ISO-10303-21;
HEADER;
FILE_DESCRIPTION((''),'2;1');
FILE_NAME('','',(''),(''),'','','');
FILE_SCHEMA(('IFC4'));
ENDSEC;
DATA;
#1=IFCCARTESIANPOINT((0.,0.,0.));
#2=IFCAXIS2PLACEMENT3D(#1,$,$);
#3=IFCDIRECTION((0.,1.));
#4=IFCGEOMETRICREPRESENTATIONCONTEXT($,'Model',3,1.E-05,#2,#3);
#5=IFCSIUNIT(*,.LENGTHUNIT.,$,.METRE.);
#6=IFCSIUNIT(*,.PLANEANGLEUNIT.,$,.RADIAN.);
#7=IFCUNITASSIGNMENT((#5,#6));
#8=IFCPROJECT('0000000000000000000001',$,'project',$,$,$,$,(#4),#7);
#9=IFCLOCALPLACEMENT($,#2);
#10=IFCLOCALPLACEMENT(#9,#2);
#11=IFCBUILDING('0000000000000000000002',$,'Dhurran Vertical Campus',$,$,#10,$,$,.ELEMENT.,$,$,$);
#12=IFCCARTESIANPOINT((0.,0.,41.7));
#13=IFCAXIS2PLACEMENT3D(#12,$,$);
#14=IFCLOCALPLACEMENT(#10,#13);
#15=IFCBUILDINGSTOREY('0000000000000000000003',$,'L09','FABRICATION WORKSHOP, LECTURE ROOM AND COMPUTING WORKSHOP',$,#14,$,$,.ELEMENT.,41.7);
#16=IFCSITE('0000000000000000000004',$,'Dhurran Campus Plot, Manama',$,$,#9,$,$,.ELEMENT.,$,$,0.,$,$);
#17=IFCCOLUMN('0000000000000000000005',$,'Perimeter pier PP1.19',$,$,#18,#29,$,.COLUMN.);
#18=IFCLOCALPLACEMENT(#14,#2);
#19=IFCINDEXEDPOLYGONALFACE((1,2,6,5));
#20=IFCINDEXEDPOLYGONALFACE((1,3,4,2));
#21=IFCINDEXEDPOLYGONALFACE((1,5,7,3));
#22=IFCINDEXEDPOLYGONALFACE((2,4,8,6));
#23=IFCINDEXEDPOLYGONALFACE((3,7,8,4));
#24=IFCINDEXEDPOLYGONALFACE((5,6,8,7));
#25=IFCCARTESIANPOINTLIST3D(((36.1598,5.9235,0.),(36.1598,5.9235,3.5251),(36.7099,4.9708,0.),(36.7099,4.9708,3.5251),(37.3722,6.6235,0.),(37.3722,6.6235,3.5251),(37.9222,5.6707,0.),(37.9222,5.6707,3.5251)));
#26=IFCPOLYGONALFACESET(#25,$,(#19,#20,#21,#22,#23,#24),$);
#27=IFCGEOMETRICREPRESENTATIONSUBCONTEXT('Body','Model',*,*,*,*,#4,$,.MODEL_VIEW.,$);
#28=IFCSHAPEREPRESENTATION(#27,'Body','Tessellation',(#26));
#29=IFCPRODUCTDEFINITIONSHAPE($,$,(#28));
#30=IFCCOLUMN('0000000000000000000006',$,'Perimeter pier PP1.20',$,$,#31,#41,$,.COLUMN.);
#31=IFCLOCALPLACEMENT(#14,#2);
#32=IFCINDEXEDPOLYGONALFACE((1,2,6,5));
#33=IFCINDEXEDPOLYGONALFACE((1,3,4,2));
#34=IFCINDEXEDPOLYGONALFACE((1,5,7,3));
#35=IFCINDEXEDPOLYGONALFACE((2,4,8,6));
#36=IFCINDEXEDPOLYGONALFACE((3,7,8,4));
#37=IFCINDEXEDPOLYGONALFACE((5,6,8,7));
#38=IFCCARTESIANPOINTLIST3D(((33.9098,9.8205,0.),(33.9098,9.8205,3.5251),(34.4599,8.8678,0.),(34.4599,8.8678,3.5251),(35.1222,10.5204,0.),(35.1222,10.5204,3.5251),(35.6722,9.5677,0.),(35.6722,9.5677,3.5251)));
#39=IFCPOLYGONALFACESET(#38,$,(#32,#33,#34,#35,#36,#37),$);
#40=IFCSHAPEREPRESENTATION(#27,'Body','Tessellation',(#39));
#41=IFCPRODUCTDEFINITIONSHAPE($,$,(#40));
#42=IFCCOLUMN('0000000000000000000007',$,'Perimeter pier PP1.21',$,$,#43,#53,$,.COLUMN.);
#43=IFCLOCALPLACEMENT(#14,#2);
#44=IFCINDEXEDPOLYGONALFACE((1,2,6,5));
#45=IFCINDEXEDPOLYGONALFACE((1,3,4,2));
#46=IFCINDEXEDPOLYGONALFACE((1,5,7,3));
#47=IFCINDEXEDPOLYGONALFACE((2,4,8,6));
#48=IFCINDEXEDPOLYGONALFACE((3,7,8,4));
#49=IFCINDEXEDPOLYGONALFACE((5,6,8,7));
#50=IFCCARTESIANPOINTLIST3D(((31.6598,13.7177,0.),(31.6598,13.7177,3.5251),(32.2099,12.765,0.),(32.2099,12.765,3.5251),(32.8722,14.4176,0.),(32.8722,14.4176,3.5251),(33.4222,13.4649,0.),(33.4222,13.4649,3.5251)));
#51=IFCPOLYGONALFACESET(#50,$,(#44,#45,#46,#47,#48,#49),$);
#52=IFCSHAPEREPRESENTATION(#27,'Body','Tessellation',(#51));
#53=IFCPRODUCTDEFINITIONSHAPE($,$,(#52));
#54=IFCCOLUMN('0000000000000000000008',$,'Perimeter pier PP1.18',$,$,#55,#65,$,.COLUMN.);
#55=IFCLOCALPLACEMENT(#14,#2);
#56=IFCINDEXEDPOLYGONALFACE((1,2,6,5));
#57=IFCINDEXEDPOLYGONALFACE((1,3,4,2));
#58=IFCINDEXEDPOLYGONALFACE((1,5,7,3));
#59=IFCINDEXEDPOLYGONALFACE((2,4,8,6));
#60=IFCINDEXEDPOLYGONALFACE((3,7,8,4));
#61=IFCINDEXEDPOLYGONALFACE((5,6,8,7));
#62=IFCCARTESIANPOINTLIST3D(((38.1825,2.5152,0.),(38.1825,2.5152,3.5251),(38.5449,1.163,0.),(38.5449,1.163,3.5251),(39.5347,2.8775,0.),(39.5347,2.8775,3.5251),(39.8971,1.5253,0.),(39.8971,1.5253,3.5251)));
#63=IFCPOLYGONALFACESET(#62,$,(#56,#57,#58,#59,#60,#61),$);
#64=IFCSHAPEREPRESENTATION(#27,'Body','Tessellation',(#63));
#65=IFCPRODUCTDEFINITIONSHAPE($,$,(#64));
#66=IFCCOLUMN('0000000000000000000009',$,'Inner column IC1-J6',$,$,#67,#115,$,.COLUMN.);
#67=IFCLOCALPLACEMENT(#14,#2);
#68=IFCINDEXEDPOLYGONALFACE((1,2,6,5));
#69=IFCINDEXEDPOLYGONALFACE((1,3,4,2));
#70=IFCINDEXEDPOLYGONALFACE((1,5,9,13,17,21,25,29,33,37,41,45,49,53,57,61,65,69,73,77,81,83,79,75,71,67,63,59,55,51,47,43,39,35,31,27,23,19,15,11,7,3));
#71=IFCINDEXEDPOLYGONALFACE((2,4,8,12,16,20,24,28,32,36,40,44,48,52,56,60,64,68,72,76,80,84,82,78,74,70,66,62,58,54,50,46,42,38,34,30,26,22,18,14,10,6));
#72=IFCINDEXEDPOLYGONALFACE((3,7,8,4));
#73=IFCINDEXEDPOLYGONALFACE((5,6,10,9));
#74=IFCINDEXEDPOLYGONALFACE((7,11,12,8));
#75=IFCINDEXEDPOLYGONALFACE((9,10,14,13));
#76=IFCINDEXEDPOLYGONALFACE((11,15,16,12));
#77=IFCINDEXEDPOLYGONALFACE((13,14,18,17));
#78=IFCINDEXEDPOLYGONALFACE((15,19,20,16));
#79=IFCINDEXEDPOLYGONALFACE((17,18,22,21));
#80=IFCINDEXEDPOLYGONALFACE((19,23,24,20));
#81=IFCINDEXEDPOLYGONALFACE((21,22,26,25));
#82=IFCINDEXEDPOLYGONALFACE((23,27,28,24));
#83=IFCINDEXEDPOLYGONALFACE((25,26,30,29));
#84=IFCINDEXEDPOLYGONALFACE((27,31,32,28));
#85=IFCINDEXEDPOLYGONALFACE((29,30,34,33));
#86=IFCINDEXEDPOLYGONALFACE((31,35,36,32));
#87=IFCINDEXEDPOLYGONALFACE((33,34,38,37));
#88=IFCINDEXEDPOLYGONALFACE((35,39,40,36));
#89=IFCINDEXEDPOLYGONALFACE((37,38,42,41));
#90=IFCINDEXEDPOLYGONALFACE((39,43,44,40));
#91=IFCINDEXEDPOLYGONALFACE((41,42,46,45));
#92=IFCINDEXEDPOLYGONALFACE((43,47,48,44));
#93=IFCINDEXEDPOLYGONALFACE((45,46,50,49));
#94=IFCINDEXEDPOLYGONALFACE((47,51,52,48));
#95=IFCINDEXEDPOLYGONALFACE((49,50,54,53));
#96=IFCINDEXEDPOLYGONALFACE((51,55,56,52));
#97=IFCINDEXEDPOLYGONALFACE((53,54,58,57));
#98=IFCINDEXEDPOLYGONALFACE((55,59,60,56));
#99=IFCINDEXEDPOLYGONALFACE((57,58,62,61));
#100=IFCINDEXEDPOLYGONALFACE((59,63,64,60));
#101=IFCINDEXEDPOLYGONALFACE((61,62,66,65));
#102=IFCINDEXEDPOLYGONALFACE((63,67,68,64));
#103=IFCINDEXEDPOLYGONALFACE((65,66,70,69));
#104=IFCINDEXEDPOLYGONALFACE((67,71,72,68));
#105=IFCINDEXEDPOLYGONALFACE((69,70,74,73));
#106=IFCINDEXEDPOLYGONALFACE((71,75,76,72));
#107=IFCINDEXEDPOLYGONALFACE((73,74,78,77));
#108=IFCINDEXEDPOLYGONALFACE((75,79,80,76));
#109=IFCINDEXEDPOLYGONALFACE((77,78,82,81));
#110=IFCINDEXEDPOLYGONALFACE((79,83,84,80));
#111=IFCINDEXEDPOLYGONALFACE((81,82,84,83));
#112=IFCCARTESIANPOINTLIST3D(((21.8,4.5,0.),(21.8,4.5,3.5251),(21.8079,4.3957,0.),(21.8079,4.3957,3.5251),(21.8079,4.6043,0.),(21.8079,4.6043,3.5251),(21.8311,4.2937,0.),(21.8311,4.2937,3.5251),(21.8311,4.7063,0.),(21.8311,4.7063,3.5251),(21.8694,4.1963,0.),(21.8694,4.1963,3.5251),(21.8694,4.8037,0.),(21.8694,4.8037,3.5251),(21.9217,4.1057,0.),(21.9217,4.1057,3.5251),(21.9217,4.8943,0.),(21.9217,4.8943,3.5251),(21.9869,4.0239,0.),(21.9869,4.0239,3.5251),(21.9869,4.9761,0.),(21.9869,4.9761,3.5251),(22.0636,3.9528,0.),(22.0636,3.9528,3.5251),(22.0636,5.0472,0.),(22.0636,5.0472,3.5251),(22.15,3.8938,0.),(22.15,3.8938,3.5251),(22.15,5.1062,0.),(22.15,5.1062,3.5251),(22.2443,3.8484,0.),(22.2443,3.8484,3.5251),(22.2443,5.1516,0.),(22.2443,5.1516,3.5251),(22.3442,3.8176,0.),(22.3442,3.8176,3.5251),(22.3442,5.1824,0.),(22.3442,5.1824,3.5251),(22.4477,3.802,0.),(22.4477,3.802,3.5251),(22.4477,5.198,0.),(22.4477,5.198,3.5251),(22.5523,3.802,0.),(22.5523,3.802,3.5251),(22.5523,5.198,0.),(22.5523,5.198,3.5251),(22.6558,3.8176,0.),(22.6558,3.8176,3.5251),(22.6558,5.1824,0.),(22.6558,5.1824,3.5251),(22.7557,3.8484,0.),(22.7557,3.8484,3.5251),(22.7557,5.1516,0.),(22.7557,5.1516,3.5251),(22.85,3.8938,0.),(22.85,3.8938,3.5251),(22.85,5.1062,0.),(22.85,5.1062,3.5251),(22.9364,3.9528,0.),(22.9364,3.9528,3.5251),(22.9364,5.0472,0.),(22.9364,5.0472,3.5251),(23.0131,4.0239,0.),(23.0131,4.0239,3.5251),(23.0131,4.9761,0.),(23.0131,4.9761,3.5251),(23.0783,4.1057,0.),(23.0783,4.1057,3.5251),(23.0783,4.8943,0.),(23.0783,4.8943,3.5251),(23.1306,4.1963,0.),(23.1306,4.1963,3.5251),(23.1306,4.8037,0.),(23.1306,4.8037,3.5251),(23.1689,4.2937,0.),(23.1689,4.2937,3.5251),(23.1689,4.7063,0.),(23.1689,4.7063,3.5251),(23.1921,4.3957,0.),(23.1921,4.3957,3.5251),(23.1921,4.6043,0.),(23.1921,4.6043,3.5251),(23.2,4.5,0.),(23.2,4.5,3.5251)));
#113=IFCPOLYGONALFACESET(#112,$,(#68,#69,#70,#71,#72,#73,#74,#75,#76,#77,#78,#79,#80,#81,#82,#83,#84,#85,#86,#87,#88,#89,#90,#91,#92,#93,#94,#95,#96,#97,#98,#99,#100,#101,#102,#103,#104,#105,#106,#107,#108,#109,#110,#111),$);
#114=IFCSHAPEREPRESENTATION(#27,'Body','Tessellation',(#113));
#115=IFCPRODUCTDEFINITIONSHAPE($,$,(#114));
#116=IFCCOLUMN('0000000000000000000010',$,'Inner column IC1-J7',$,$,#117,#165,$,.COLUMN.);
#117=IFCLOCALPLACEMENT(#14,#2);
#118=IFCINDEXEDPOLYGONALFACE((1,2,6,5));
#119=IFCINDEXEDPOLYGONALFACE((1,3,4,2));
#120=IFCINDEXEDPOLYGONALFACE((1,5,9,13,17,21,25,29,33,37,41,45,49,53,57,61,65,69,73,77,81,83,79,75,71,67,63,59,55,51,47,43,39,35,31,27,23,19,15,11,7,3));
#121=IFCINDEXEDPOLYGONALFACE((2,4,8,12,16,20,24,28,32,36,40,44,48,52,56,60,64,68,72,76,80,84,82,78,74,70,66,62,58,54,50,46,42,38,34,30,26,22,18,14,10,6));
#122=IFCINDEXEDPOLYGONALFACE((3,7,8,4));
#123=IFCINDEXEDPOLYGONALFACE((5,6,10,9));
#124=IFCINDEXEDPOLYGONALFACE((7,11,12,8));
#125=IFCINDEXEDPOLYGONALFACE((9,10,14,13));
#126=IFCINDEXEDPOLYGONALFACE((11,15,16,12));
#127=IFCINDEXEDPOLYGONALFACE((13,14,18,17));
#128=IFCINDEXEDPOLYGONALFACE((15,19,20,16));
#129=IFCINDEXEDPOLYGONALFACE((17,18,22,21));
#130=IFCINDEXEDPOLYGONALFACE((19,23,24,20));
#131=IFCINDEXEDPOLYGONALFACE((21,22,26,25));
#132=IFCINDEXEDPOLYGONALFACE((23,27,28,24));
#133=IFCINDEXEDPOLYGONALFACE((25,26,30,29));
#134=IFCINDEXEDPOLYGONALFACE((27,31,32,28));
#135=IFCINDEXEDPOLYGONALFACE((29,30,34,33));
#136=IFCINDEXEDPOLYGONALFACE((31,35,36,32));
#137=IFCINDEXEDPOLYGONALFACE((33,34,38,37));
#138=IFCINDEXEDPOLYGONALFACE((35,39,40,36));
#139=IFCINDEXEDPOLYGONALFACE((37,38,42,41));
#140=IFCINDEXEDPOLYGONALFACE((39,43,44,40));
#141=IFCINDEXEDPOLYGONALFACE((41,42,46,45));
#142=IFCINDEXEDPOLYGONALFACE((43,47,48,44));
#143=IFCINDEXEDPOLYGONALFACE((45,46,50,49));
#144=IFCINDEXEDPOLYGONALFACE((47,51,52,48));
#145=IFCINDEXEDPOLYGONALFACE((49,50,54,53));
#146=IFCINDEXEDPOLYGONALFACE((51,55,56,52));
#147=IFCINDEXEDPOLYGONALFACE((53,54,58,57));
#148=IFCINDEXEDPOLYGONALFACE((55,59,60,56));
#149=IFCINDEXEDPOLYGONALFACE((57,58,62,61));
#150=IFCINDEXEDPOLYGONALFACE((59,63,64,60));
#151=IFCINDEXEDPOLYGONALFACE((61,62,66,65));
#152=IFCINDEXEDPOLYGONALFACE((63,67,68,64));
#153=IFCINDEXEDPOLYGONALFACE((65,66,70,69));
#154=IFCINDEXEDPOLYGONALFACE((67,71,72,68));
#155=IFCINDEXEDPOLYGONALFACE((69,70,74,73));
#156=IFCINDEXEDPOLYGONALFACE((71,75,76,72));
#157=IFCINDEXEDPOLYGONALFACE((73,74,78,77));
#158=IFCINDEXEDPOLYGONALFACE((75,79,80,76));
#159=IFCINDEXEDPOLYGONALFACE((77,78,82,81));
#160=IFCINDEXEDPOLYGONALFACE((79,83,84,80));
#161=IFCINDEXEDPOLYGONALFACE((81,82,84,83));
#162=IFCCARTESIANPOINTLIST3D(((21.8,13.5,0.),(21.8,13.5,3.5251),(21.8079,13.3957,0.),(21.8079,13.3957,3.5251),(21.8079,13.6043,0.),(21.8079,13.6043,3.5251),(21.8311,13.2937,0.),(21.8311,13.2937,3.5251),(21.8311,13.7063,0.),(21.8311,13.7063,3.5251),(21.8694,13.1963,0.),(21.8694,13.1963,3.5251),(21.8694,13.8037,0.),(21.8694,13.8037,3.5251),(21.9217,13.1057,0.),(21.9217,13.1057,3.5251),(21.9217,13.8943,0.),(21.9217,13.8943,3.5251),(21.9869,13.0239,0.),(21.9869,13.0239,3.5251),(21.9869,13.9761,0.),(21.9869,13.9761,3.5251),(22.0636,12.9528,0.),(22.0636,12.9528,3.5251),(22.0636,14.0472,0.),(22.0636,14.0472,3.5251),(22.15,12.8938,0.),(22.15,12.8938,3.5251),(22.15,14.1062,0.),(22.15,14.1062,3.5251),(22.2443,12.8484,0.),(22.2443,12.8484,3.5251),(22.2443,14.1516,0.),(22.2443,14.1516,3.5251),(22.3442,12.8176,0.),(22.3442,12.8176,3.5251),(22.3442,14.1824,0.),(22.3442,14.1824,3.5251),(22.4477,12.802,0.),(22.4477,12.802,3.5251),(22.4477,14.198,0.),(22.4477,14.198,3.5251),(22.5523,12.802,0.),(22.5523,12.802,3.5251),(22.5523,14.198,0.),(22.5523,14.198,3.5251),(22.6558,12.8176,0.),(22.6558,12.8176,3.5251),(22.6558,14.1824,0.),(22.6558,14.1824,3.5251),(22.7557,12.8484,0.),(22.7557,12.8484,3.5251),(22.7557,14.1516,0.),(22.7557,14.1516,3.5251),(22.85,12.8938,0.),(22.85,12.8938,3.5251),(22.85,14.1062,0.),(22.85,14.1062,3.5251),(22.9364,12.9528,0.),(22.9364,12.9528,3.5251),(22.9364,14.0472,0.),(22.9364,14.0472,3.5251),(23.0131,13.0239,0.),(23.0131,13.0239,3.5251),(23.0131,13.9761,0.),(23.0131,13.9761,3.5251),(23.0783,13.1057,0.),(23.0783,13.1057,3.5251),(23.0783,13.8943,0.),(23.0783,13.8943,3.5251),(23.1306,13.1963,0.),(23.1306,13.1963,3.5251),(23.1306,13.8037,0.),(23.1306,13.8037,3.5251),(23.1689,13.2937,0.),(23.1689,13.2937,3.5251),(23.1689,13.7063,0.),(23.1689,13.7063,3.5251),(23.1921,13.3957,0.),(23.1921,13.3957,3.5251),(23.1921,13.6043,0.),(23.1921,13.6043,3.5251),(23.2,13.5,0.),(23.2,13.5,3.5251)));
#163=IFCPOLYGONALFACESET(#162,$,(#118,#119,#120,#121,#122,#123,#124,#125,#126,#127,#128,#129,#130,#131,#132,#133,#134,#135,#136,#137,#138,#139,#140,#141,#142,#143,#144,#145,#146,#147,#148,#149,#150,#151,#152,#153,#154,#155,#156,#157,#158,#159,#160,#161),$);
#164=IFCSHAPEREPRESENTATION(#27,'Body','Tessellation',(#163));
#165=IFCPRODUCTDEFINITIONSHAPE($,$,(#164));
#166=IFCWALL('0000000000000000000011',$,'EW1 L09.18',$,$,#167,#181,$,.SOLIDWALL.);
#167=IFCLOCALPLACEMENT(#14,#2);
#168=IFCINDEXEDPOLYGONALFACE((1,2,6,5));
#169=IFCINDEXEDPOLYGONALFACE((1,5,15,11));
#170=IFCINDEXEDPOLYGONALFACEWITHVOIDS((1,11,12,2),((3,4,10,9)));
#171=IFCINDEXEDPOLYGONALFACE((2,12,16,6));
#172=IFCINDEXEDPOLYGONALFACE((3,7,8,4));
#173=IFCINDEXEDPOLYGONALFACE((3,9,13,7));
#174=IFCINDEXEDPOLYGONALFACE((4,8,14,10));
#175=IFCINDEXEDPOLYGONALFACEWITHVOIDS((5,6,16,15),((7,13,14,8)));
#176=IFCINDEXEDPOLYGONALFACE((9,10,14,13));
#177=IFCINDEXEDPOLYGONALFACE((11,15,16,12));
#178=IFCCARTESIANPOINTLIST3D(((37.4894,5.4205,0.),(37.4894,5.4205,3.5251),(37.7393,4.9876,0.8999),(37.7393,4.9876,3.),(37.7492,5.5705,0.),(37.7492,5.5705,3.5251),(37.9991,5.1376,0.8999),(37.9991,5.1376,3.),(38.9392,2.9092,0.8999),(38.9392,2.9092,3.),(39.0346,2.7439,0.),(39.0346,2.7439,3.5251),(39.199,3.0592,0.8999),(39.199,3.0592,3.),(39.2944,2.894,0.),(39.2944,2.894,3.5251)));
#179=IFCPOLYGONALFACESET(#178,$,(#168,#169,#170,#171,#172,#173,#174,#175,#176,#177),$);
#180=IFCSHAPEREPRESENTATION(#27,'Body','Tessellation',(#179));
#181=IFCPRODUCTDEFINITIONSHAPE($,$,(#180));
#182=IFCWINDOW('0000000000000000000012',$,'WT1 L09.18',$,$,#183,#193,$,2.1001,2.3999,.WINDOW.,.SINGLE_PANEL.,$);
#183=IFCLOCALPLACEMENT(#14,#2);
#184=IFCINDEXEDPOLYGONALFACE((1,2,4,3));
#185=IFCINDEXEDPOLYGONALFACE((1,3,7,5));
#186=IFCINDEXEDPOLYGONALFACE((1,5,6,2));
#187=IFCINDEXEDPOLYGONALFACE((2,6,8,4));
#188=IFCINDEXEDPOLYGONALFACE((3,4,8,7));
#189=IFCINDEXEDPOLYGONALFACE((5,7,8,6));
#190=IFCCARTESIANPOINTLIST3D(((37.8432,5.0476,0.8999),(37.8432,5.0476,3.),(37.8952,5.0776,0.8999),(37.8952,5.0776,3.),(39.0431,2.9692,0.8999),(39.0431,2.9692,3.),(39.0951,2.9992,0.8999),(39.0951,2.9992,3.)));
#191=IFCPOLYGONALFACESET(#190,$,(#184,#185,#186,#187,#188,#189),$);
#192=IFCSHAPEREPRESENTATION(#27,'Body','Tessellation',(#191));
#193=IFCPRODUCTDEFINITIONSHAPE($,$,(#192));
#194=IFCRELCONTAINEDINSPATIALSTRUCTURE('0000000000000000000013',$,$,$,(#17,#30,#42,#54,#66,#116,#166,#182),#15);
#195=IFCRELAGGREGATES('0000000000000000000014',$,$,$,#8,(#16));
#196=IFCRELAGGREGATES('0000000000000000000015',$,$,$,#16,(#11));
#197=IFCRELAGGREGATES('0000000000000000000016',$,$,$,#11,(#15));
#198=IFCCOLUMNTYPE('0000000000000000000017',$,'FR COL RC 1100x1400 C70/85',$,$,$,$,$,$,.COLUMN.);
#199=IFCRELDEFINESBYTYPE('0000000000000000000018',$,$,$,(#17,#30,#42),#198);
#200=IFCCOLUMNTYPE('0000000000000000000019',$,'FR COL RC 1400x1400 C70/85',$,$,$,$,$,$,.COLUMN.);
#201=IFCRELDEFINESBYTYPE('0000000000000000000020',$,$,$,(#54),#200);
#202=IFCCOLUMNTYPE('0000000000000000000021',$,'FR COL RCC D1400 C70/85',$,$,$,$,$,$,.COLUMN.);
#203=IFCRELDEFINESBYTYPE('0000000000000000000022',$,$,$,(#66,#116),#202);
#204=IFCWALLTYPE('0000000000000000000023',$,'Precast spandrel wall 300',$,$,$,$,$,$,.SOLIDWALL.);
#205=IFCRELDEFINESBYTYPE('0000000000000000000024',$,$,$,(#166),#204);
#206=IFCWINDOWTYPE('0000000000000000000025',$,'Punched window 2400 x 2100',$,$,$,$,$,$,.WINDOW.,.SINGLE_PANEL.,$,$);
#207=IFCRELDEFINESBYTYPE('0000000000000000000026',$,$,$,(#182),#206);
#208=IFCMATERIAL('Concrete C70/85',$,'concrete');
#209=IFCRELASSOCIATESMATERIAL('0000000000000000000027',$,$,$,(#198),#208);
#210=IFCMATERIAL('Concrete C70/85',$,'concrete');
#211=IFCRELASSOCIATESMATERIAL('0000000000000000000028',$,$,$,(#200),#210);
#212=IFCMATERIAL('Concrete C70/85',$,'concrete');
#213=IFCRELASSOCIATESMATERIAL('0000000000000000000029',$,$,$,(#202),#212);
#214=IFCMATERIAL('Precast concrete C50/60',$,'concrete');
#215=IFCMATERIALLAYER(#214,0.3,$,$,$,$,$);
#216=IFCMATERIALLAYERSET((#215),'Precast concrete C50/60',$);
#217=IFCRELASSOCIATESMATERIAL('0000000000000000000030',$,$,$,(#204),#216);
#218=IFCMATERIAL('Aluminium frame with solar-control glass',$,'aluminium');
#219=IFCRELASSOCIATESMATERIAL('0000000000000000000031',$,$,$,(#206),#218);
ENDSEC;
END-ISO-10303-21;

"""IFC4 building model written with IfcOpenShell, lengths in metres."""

from ifc_helpers import new_model, si_unit, direction, frame, frame_2d, origin, origin_2d, place, context, subcontext, project, spatial, rectangle, circle, extrude, material, layer, layer_set, material_profile, profile_set, type_object, element, fill, save


model = new_model("IFC4")

# Units and contexts
model_context = context("Model", 3, precision=1e-05, world=origin(), true_north=direction((0.0, 1.0)))
body_context = subcontext(model_context, "Body", "Model", "MODEL_VIEW")
ifc_project = project(units=[si_unit("LENGTHUNIT", "METRE"), si_unit("PLANEANGLEUNIT", "RADIAN")], contexts=[model_context])

# Site, building, storey
site_placement = place(None, origin())
site = spatial("IfcSite", under=ifc_project, at=site_placement, Name="Dhurran Campus Plot, Manama", CompositionType="ELEMENT", RefElevation=0.0)
building_placement = place(site_placement, origin())
building = spatial("IfcBuilding", under=site, at=building_placement, Name="Dhurran Vertical Campus", CompositionType="ELEMENT")
storey_placement = place(building_placement, frame((0.0, 0.0, 41.7)))
storey = spatial("IfcBuildingStorey", under=building, at=storey_placement, Name="L09", Description="FABRICATION WORKSHOP, LECTURE ROOM AND COMPUTING WORKSHOP", CompositionType="ELEMENT", Elevation=41.7)

# Columns
ifc_material_1 = material(Name="Concrete C70/85", Category="concrete")
ifc_material_profile_1 = material_profile(ifc_material_1, rectangle(XDim=1.1001, YDim=1.3999, at=origin_2d()), Name="RC 1100x1400")
ifc_profile_set_1 = profile_set([ifc_material_profile_1], Name="Concrete C70/85")
column_type_1 = type_object("IfcColumnType", Name="FR COL RC 1100x1400 C70/85", PredefinedType="COLUMN", material=ifc_profile_set_1)
for number, where, z_axis, x_axis, name in (
    (1, (37.041, 5.7971, 0.0), (0.0, 0.0, 1.0), (-0.5, 0.866025, 0.0), "Perimeter pier PP1.19"),
    (2, (34.791, 9.6941, 0.0), (0.0, 0.0, 1.0), (-0.5, 0.866025, 0.0), "Perimeter pier PP1.20"),
    (3, (32.541, 13.5913, 0.0), (0.0, 0.0, 1.0), (-0.5, 0.866025, 0.0), "Perimeter pier PP1.21"),
):
    element("IfcColumn", number, at=place(storey_placement, frame(where, z_axis=z_axis, x_axis=x_axis)), inside=storey, type_object=column_type_1, Name=name, PredefinedType="COLUMN", context=body_context, shape_type="SweptSolid", body=[
        extrude(rectangle(XDim=1.1001, YDim=1.3999, at=origin_2d()), origin(), (0.0, 0.0, 1.0), 3.5251),
    ])
ifc_material_2 = material(Name="Concrete C70/85", Category="concrete")
ifc_material_profile_2 = material_profile(ifc_material_2, rectangle(XDim=1.3999, YDim=1.3999, at=origin_2d()), Name="RC 1400x1400")
ifc_profile_set_2 = profile_set([ifc_material_profile_2], Name="Concrete C70/85")
column_type_2 = type_object("IfcColumnType", Name="FR COL RC 1400x1400 C70/85", PredefinedType="COLUMN", material=ifc_profile_set_2)
column_placement = place(storey_placement, frame((39.0398, 2.0203, 0.0), z_axis=(0.0, 0.0, 1.0), x_axis=(-0.258819, 0.965926, 0.0)))
element("IfcColumn", 4, at=column_placement, inside=storey, type_object=column_type_2, Name="Perimeter pier PP1.18", PredefinedType="COLUMN", context=body_context, shape_type="SweptSolid", body=[
    extrude(rectangle(XDim=1.3999, YDim=1.3999, at=origin_2d()), origin(), (0.0, 0.0, 1.0), 3.5251),
])
ifc_material_3 = material(Name="Concrete C70/85", Category="concrete")
ifc_material_profile_3 = material_profile(ifc_material_3, circle(Radius=0.7, at=origin_2d()), Name="RCC D1400")
ifc_profile_set_3 = profile_set([ifc_material_profile_3], Name="Concrete C70/85")
column_type_3 = type_object("IfcColumnType", Name="FR COL RCC D1400 C70/85", PredefinedType="COLUMN", material=ifc_profile_set_3)
for number, where, z_axis, x_axis, name in (
    (5, (22.5, 4.5, 0.0), (0.0, 0.0, 1.0), (1.0, 0.0, 0.0), "Inner column IC1-J6"),
    (6, (22.5, 13.5, 0.0), (0.0, 0.0, 1.0), (1.0, 0.0, 0.0), "Inner column IC1-J7"),
):
    element("IfcColumn", number, at=place(storey_placement, frame(where, z_axis=z_axis, x_axis=x_axis)), inside=storey, type_object=column_type_3, Name=name, PredefinedType="COLUMN", context=body_context, shape_type="SweptSolid", body=[
        extrude(circle(Radius=0.7, at=origin_2d()), origin(), (0.0, 0.0, 1.0), 3.5251),
    ])

# Wall, opening, window
ifc_material_4 = material(Name="Precast concrete C50/60", Category="concrete")
ifc_layer_1 = layer(ifc_material_4, 0.3)
ifc_layer_set_1 = layer_set([ifc_layer_1], Name="Precast concrete C50/60")
wall_type_1 = type_object("IfcWallType", Name="Precast spandrel wall 300", PredefinedType="SOLIDWALL", material=ifc_layer_set_1)
wall_1_placement = place(storey_placement, frame((39.1646, 2.8188, 0.0), z_axis=(0.0, 0.0, 1.0), x_axis=(-0.499971, 0.866042, 0.0)))
wall_1 = element("IfcWall", 7, at=wall_1_placement, inside=storey, type_object=wall_type_1, Name="EW1 L09.18", PredefinedType="SOLIDWALL", context=body_context, shape_type="SweptSolid", body=[
    extrude(rectangle(XDim=3.0906, YDim=0.3, at=frame_2d((1.5454, 0.0))), origin(), (0.0, 0.0, 1.0), 3.5251),
])
opening_1_placement = place(wall_1_placement, frame((0.1909, 0.0, 0.8999)))
opening_1 = element("IfcOpeningElement", 8, at=opening_1_placement, cuts=wall_1, PredefinedType="OPENING", context=body_context, shape_type="SweptSolid", body=[
    extrude(rectangle(XDim=2.3999, YDim=2.1001, at=frame_2d((1.2, 1.05))), frame((0.0, 0.1599, 0.0), z_axis=(0.0, -1.0, 0.0), x_axis=(1.0, 0.0, 0.0)), (0.0, 0.0, 1.0), 0.3201),
])
ifc_material_5 = material(Name="Aluminium frame with solar-control glass", Category="aluminium")
window_type = type_object("IfcWindowType", Name="Punched window 2400 x 2100", PartitioningType="SINGLE_PANEL", PredefinedType="WINDOW", material=ifc_material_5)
window_1_placement = place(opening_1_placement, origin())
window_1 = element("IfcWindow", 9, at=window_1_placement, inside=storey, type_object=window_type, Name="WT1 L09.18", OverallHeight=2.1001, OverallWidth=2.3999, PartitioningType="SINGLE_PANEL", PredefinedType="WINDOW", context=body_context, shape_type="SweptSolid", body=[
    extrude(rectangle(XDim=2.3999, YDim=2.1001, at=frame_2d((1.2, 1.05))), frame((0.0, 0.03, 0.0), z_axis=(0.0, -1.0, 0.0), x_axis=(1.0, 0.0, 0.0)), (0.0, 0.0, 1.0), 0.0601),
])
fill(opening_1, window_1)

save(model, "model.ifc")
